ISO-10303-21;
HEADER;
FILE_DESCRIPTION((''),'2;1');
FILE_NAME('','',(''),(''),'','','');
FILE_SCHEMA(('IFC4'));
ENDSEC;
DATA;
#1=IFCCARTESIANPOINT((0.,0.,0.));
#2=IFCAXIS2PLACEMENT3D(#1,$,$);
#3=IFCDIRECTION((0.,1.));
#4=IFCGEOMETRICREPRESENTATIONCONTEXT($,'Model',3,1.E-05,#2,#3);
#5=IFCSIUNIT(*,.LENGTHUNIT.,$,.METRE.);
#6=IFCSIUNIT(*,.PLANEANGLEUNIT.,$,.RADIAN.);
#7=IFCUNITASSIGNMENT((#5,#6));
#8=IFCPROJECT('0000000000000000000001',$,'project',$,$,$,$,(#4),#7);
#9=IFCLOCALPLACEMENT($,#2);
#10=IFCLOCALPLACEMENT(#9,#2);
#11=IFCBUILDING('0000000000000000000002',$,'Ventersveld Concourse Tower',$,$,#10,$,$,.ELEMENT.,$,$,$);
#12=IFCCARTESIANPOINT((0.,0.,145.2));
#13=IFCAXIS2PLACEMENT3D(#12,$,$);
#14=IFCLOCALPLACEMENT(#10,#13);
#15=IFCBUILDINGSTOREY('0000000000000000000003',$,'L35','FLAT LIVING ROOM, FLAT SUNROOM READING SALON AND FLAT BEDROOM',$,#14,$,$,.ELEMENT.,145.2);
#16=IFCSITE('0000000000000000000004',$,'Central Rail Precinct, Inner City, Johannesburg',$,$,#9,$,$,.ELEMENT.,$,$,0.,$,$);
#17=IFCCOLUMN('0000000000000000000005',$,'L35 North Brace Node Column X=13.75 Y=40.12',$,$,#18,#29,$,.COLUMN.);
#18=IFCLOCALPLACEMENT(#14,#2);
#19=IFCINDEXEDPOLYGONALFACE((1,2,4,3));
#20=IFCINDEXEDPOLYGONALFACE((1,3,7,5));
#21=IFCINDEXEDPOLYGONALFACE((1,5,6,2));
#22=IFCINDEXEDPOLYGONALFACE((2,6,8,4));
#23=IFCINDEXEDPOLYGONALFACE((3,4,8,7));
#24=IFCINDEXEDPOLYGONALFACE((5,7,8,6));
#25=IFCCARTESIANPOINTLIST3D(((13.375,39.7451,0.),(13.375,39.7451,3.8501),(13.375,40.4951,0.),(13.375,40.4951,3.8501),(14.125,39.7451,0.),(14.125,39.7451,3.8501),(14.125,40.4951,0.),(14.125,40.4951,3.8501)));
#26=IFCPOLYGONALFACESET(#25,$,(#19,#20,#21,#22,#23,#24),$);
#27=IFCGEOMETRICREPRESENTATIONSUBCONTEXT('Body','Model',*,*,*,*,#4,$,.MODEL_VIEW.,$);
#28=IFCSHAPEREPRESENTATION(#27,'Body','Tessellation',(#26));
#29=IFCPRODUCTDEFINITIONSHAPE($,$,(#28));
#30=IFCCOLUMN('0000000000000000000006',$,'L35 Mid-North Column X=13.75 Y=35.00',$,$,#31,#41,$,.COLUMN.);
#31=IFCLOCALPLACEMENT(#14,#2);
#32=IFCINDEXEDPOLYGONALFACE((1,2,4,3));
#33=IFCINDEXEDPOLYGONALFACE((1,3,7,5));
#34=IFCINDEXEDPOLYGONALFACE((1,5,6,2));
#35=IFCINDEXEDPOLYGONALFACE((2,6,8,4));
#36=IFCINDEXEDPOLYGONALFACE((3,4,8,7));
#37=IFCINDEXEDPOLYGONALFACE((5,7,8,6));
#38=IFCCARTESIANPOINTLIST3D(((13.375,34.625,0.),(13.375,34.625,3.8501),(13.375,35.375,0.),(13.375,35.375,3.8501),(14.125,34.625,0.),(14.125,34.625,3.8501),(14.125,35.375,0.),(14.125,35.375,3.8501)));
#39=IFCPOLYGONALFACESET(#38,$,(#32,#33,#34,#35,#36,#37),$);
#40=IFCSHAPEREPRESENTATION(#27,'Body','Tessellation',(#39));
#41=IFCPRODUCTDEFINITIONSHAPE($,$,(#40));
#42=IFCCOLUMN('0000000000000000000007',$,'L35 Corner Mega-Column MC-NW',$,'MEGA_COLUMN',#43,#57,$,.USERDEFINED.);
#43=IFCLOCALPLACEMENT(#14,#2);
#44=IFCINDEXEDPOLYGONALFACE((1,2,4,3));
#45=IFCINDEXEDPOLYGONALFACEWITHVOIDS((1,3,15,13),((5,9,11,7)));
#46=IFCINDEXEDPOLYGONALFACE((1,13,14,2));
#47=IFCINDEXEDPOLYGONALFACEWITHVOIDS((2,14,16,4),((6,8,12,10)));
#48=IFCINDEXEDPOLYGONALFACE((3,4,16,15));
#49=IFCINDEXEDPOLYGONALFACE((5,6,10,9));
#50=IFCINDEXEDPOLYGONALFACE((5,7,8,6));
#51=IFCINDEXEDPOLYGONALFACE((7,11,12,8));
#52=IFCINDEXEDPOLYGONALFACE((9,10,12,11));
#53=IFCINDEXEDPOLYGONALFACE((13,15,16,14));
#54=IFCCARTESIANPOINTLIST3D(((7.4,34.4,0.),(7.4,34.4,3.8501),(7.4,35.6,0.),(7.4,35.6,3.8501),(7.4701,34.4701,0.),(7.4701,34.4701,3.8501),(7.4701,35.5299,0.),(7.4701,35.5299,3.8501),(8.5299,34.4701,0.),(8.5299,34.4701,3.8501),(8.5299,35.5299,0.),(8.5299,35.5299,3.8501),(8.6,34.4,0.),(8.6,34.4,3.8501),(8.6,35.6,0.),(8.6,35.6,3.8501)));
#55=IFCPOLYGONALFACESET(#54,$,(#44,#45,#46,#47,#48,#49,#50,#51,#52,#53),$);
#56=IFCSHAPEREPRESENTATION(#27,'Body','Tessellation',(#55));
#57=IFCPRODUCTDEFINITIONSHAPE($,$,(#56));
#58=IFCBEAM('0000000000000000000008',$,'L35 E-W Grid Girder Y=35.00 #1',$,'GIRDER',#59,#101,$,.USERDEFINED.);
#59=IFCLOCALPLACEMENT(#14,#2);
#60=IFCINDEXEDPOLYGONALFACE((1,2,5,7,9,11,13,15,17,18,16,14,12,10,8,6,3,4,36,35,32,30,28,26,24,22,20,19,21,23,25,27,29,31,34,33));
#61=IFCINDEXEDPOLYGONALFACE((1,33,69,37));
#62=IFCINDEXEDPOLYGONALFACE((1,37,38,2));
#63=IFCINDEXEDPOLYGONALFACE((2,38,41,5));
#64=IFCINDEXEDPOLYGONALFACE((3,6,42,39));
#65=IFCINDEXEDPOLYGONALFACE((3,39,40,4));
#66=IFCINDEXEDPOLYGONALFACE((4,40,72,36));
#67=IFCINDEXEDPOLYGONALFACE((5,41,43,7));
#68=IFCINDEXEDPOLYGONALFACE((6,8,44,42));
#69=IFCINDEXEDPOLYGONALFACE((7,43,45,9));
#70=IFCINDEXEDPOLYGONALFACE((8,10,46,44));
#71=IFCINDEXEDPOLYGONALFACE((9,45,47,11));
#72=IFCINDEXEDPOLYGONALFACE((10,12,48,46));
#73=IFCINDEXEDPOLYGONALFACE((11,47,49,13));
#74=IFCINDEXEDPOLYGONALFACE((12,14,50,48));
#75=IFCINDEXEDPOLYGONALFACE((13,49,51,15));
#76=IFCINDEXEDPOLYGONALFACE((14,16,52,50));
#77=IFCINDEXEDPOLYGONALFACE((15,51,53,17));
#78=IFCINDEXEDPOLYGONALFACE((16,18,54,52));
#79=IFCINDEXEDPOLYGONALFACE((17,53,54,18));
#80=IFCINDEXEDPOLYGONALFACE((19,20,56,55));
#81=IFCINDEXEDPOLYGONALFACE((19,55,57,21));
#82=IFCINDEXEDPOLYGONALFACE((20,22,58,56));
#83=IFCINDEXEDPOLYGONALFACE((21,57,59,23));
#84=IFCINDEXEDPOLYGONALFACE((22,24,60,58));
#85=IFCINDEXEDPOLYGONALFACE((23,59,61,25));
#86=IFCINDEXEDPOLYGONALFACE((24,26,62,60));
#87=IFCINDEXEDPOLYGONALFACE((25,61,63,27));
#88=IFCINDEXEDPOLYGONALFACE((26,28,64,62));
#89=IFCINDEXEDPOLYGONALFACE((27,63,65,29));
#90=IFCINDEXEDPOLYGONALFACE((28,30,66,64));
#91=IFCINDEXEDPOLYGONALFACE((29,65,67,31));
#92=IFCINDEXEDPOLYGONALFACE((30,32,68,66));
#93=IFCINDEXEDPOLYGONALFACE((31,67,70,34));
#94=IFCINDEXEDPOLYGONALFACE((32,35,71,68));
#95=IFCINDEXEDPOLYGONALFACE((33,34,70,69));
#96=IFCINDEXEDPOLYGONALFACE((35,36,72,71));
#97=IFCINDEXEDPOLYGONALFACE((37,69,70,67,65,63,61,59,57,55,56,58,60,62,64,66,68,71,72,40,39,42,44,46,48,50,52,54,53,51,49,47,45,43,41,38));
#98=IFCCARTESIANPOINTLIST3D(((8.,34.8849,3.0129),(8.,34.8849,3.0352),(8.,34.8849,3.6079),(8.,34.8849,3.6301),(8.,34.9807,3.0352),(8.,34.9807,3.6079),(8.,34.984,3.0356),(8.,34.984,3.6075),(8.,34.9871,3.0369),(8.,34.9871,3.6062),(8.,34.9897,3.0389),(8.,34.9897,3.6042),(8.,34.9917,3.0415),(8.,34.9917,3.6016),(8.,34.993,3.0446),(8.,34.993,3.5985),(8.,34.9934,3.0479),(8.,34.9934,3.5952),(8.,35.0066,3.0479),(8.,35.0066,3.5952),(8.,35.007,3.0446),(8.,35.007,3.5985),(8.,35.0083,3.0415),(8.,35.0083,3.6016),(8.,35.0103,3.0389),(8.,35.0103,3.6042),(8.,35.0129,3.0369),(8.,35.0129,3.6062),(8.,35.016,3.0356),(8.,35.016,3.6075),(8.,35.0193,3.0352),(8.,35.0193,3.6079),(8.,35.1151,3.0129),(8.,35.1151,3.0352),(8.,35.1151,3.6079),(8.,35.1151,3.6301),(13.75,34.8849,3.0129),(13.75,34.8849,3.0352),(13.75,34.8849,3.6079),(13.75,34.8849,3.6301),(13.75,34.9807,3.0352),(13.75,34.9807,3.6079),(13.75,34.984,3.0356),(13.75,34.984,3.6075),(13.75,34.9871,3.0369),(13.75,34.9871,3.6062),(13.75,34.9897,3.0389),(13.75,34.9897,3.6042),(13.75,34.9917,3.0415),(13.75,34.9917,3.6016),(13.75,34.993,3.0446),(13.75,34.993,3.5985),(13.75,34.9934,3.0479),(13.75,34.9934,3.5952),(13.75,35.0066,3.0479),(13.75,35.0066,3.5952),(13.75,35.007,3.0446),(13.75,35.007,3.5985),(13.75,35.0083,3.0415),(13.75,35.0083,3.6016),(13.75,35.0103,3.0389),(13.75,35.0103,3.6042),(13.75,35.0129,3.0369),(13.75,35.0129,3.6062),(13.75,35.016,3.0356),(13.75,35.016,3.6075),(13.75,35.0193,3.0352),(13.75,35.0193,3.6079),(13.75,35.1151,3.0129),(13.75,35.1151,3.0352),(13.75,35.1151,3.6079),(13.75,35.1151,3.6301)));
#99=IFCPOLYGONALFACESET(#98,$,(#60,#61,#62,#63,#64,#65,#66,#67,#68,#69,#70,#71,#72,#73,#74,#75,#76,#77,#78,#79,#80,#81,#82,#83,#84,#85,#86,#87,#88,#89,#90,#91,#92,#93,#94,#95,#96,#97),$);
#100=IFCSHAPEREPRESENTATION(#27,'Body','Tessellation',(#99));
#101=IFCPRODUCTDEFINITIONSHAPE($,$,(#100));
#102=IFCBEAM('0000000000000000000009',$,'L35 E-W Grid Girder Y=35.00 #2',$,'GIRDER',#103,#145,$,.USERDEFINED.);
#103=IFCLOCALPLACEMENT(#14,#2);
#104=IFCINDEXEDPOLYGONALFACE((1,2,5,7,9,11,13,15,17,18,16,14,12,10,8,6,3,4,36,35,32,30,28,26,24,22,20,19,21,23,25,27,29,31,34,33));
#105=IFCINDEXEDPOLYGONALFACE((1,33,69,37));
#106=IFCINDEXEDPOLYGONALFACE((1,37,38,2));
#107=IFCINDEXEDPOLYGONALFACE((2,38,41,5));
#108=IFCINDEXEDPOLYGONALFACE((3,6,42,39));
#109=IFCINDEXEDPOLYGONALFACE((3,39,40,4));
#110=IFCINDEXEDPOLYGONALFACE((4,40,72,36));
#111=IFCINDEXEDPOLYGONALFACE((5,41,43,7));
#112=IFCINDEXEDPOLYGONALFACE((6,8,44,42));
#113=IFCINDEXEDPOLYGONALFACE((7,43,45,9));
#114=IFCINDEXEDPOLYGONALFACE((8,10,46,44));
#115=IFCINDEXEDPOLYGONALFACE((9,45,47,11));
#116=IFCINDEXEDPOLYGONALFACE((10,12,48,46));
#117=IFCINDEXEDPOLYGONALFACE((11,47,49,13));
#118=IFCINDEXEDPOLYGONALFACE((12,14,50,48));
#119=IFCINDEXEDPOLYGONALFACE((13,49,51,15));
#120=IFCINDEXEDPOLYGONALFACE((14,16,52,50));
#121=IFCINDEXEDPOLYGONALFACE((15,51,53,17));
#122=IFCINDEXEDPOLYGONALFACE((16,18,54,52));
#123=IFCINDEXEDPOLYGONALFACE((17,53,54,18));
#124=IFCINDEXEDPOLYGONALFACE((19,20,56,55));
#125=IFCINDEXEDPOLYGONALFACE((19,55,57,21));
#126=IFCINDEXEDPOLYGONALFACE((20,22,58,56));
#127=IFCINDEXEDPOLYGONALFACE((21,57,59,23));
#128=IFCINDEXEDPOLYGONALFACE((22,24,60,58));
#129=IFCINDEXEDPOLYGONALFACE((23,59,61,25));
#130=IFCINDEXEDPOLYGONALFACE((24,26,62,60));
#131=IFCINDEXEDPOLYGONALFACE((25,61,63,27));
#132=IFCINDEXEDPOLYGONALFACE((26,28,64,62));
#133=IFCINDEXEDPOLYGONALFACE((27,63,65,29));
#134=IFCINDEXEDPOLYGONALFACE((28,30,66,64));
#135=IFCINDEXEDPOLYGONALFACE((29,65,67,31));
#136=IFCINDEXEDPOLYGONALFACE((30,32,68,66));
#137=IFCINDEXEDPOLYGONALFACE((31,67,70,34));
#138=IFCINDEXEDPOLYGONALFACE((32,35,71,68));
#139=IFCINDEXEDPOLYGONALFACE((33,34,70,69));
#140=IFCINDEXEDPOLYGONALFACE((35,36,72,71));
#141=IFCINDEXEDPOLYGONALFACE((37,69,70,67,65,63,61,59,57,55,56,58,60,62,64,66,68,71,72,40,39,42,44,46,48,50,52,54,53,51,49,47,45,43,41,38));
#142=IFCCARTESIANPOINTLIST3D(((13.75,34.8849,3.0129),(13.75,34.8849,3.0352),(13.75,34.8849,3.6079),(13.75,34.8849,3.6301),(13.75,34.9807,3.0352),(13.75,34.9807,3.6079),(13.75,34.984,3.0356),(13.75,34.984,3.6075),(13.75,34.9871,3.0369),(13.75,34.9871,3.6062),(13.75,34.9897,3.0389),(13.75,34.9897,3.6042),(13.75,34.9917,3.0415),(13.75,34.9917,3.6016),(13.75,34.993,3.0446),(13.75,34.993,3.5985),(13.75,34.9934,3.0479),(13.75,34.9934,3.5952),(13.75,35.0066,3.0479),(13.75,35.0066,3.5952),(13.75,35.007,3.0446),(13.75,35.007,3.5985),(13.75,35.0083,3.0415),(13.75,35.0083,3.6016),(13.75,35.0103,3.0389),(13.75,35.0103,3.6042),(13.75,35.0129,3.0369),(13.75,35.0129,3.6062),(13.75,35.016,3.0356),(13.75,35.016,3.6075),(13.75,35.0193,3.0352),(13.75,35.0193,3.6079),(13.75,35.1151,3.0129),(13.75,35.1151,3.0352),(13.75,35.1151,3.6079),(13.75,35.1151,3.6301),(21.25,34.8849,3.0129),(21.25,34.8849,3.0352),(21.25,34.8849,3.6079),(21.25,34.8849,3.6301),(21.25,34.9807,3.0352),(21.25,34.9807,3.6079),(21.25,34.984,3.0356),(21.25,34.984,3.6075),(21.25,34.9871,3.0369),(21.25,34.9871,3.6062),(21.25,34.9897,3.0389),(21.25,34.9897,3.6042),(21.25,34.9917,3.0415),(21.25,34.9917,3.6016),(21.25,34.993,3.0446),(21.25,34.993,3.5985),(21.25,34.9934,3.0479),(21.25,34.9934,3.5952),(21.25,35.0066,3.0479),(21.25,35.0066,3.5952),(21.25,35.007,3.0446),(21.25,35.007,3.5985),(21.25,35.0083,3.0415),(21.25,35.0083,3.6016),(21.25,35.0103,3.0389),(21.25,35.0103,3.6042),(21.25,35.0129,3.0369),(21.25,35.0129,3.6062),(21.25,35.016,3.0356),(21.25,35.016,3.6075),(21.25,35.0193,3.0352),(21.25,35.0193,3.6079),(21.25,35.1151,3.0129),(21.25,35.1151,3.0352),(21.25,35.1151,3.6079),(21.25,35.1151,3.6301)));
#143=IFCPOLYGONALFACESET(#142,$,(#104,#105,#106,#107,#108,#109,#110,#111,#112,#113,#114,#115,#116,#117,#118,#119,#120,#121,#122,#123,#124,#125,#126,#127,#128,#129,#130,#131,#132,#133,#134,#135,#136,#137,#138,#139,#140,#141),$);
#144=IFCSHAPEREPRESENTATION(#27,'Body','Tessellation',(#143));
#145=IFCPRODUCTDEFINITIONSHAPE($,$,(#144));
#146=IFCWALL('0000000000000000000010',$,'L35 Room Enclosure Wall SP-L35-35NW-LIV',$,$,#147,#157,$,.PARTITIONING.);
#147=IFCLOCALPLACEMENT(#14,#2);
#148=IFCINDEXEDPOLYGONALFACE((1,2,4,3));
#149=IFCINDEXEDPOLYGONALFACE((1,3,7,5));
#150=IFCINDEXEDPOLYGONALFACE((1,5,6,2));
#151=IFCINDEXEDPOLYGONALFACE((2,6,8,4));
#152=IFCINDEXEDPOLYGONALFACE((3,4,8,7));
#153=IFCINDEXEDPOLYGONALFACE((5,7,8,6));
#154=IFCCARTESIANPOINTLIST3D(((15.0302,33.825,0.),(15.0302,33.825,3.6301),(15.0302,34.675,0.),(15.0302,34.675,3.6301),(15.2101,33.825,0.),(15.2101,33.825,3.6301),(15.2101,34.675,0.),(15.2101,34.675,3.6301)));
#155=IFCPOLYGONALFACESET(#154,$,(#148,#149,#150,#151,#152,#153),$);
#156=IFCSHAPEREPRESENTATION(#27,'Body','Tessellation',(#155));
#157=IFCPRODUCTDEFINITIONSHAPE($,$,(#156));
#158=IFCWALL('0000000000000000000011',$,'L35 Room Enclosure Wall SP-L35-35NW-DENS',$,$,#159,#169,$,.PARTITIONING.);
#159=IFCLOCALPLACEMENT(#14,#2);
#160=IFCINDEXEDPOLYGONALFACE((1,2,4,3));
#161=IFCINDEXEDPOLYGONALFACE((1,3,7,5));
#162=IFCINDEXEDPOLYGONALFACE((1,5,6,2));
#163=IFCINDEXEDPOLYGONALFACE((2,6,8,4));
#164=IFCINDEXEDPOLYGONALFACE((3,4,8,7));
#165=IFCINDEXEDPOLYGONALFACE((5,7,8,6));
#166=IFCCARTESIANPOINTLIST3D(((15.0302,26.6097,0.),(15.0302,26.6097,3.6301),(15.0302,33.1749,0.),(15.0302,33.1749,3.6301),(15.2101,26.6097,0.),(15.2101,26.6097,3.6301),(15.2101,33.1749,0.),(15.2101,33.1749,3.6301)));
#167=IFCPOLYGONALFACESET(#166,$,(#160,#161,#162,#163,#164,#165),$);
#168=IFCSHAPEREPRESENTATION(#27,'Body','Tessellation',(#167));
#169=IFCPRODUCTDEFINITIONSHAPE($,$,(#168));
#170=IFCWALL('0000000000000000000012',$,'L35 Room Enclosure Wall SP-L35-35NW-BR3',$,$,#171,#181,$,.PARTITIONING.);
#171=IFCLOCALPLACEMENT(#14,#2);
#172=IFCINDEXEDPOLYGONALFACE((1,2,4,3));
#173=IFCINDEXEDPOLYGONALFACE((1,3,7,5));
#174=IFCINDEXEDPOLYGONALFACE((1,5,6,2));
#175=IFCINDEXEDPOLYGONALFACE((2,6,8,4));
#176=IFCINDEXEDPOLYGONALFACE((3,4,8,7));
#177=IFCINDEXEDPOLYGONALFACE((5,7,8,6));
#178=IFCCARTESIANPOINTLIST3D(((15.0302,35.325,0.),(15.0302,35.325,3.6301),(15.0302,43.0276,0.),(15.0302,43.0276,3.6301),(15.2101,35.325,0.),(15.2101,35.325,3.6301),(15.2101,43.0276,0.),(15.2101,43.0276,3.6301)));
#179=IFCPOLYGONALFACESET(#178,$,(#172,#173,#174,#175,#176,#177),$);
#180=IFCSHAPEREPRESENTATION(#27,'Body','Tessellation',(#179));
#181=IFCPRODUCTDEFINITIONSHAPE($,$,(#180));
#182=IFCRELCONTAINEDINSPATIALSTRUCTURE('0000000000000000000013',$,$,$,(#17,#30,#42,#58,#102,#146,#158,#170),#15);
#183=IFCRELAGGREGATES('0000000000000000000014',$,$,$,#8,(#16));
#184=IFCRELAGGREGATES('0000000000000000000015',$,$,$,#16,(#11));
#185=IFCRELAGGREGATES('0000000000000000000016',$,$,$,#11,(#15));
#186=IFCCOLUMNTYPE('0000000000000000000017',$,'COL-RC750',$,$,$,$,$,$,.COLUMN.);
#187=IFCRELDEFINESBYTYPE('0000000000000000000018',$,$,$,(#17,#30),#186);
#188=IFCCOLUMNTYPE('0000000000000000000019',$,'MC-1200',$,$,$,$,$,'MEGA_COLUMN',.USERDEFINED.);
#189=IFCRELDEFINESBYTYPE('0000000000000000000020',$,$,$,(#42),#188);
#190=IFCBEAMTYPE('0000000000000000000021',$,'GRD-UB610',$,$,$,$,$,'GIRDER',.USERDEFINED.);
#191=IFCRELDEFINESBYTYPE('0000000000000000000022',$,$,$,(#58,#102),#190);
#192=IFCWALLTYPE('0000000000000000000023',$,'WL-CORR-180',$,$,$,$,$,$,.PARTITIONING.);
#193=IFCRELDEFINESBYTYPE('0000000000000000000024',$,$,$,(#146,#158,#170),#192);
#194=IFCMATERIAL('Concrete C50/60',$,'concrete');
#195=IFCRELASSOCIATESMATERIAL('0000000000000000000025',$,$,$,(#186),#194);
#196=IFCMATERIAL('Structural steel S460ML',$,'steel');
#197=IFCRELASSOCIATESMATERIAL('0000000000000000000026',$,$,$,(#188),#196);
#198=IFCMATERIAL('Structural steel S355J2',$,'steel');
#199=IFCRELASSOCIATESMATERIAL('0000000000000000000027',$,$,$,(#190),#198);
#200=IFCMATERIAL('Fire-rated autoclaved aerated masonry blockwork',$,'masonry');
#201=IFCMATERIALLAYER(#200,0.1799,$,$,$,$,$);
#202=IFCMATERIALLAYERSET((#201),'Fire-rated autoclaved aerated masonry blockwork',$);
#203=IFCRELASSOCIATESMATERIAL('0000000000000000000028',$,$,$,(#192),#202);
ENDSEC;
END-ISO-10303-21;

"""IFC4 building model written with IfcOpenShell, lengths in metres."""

from ifc_helpers import new_model, si_unit, direction, frame, frame_2d, origin, origin_2d, place, context, subcontext, project, spatial, rectangle, hollow_rectangle, i_section, extrude, material, layer, layer_set, material_profile, profile_set, type_object, element, save


model = new_model("IFC4")

# Units and contexts
model_context = context("Model", 3, precision=1e-05, world=origin(), true_north=direction((0.0, 1.0)))
body_context = subcontext(model_context, "Body", "Model", "MODEL_VIEW")
ifc_project = project(units=[si_unit("LENGTHUNIT", "METRE"), si_unit("PLANEANGLEUNIT", "RADIAN")], contexts=[model_context])

# Site, building, storey
site_placement = place(None, origin())
site = spatial("IfcSite", under=ifc_project, at=site_placement, Name="Central Rail Precinct, Inner City, Johannesburg", CompositionType="ELEMENT", RefElevation=0.0)
building_placement = place(site_placement, origin())
building = spatial("IfcBuilding", under=site, at=building_placement, Name="Ventersveld Concourse Tower", CompositionType="ELEMENT")
storey_placement = place(building_placement, frame((0.0, 0.0, 145.2)))
storey = spatial("IfcBuildingStorey", under=building, at=storey_placement, Name="L35", Description="FLAT LIVING ROOM, FLAT SUNROOM READING SALON AND FLAT BEDROOM", CompositionType="ELEMENT", Elevation=145.2)

# Columns
ifc_material_1 = material(Name="Concrete C50/60", Category="concrete")
ifc_material_profile_1 = material_profile(ifc_material_1, rectangle(XDim=0.75, YDim=0.75, at=origin_2d()), Name="RC 750x750")
ifc_profile_set_1 = profile_set([ifc_material_profile_1], Name="Concrete C50/60")
column_type_1 = type_object("IfcColumnType", Name="COL-RC750", PredefinedType="COLUMN", material=ifc_profile_set_1)
for number, where, z_axis, x_axis, name in (
    (1, (13.75, 40.1201, 0.0), (0.0, 0.0, 1.0), (1.0, 0.0, 0.0), "L35 North Brace Node Column X=13.75 Y=40.12"),
    (2, (13.75, 35.0, 0.0), (0.0, 0.0, 1.0), (1.0, 0.0, 0.0), "L35 Mid-North Column X=13.75 Y=35.00"),
):
    element("IfcColumn", number, at=place(storey_placement, frame(where, z_axis=z_axis, x_axis=x_axis)), inside=storey, type_object=column_type_1, Name=name, PredefinedType="COLUMN", context=body_context, shape_type="SweptSolid", body=[
        extrude(rectangle(XDim=0.75, YDim=0.75, at=origin_2d()), origin(), (0.0, 0.0, 1.0), 3.8501),
    ])
ifc_material_2 = material(Name="Structural steel S460ML", Category="steel")
ifc_material_profile_2 = material_profile(ifc_material_2, hollow_rectangle(XDim=1.2, YDim=1.2, WallThickness=0.0701, at=origin_2d()), Name="BOX 1200x1200x70")
ifc_profile_set_2 = profile_set([ifc_material_profile_2], Name="Structural steel S460ML")
column_type_2 = type_object("IfcColumnType", Name="MC-1200", ElementType="MEGA_COLUMN", PredefinedType="USERDEFINED", material=ifc_profile_set_2)
column_placement = place(storey_placement, frame((8.0, 35.0, 0.0), z_axis=(0.0, 0.0, 1.0), x_axis=(1.0, 0.0, 0.0)))
element("IfcColumn", 3, at=column_placement, inside=storey, type_object=column_type_2, Name="L35 Corner Mega-Column MC-NW", ObjectType="MEGA_COLUMN", PredefinedType="USERDEFINED", context=body_context, shape_type="SweptSolid", body=[
    extrude(hollow_rectangle(XDim=1.2, YDim=1.2, WallThickness=0.0701, at=origin_2d()), origin(), (0.0, 0.0, 1.0), 3.8501),
])

# Beams
ifc_material_3 = material(Name="Structural steel S355J2", Category="steel")
ifc_material_profile_3 = material_profile(ifc_material_3, i_section(OverallWidth=0.2302, OverallDepth=0.6172, WebThickness=0.0132, FlangeThickness=0.0222, FilletRadius=0.0127, at=origin_2d()), Name="UB 610x229x140")
ifc_profile_set_3 = profile_set([ifc_material_profile_3], Name="Structural steel S355J2")
beam_type = type_object("IfcBeamType", Name="GRD-UB610", ElementType="GIRDER", PredefinedType="USERDEFINED", material=ifc_profile_set_3)
beam_1_placement = place(storey_placement, frame((8.0, 35.0, 3.3215), z_axis=(1.0, 0.0, 0.0), x_axis=(0.0, 1.0, 0.0)))
element("IfcBeam", 4, at=beam_1_placement, inside=storey, type_object=beam_type, Name="L35 E-W Grid Girder Y=35.00 #1", ObjectType="GIRDER", PredefinedType="USERDEFINED", context=body_context, shape_type="SweptSolid", body=[
    extrude(i_section(OverallWidth=0.2302, OverallDepth=0.6172, WebThickness=0.0132, FlangeThickness=0.0222, FilletRadius=0.0127, at=origin_2d()), origin(), (0.0, 0.0, 1.0), 5.75),
])
beam_2_placement = place(storey_placement, frame((13.75, 35.0, 3.3215), z_axis=(1.0, 0.0, 0.0), x_axis=(0.0, 1.0, 0.0)))
element("IfcBeam", 5, at=beam_2_placement, inside=storey, type_object=beam_type, Name="L35 E-W Grid Girder Y=35.00 #2", ObjectType="GIRDER", PredefinedType="USERDEFINED", context=body_context, shape_type="SweptSolid", body=[
    extrude(i_section(OverallWidth=0.2302, OverallDepth=0.6172, WebThickness=0.0132, FlangeThickness=0.0222, FilletRadius=0.0127, at=origin_2d()), origin(), (0.0, 0.0, 1.0), 7.5),
])

# Walls
ifc_material_4 = material(Name="Fire-rated autoclaved aerated masonry blockwork", Category="masonry")
ifc_layer_1 = layer(ifc_material_4, 0.1799)
ifc_layer_set_1 = layer_set([ifc_layer_1], Name="Fire-rated autoclaved aerated masonry blockwork")
wall_type_1 = type_object("IfcWallType", Name="WL-CORR-180", PredefinedType="PARTITIONING", material=ifc_layer_set_1)
wall_1_placement = place(storey_placement, frame((15.1201, 34.675, 0.0), z_axis=(0.0, 0.0, 1.0), x_axis=(0.0, -1.0, 0.0)))
element("IfcWall", 6, at=wall_1_placement, inside=storey, type_object=wall_type_1, Name="L35 Room Enclosure Wall SP-L35-35NW-LIV", PredefinedType="PARTITIONING", context=body_context, shape_type="SweptSolid", body=[
    extrude(rectangle(XDim=0.8501, YDim=0.1799, at=frame_2d((0.425, 0.0))), origin(), (0.0, 0.0, 1.0), 3.6301),
])
wall_2_placement = place(storey_placement, frame((15.1201, 33.175, 0.0), z_axis=(0.0, 0.0, 1.0), x_axis=(0.0, -1.0, 0.0)))
element("IfcWall", 7, at=wall_2_placement, inside=storey, type_object=wall_type_1, Name="L35 Room Enclosure Wall SP-L35-35NW-DENS", PredefinedType="PARTITIONING", context=body_context, shape_type="SweptSolid", body=[
    extrude(rectangle(XDim=6.5652, YDim=0.1799, at=frame_2d((3.2827, 0.0))), origin(), (0.0, 0.0, 1.0), 3.6301),
])
wall_3_placement = place(storey_placement, frame((15.1201, 43.0276, 0.0), z_axis=(0.0, 0.0, 1.0), x_axis=(0.0, -1.0, 0.0)))
element("IfcWall", 8, at=wall_3_placement, inside=storey, type_object=wall_type_1, Name="L35 Room Enclosure Wall SP-L35-35NW-BR3", PredefinedType="PARTITIONING", context=body_context, shape_type="SweptSolid", body=[
    extrude(rectangle(XDim=7.7026, YDim=0.1799, at=frame_2d((3.8513, 0.0))), origin(), (0.0, 0.0, 1.0), 3.6301),
])

save(model, "model.ifc")
